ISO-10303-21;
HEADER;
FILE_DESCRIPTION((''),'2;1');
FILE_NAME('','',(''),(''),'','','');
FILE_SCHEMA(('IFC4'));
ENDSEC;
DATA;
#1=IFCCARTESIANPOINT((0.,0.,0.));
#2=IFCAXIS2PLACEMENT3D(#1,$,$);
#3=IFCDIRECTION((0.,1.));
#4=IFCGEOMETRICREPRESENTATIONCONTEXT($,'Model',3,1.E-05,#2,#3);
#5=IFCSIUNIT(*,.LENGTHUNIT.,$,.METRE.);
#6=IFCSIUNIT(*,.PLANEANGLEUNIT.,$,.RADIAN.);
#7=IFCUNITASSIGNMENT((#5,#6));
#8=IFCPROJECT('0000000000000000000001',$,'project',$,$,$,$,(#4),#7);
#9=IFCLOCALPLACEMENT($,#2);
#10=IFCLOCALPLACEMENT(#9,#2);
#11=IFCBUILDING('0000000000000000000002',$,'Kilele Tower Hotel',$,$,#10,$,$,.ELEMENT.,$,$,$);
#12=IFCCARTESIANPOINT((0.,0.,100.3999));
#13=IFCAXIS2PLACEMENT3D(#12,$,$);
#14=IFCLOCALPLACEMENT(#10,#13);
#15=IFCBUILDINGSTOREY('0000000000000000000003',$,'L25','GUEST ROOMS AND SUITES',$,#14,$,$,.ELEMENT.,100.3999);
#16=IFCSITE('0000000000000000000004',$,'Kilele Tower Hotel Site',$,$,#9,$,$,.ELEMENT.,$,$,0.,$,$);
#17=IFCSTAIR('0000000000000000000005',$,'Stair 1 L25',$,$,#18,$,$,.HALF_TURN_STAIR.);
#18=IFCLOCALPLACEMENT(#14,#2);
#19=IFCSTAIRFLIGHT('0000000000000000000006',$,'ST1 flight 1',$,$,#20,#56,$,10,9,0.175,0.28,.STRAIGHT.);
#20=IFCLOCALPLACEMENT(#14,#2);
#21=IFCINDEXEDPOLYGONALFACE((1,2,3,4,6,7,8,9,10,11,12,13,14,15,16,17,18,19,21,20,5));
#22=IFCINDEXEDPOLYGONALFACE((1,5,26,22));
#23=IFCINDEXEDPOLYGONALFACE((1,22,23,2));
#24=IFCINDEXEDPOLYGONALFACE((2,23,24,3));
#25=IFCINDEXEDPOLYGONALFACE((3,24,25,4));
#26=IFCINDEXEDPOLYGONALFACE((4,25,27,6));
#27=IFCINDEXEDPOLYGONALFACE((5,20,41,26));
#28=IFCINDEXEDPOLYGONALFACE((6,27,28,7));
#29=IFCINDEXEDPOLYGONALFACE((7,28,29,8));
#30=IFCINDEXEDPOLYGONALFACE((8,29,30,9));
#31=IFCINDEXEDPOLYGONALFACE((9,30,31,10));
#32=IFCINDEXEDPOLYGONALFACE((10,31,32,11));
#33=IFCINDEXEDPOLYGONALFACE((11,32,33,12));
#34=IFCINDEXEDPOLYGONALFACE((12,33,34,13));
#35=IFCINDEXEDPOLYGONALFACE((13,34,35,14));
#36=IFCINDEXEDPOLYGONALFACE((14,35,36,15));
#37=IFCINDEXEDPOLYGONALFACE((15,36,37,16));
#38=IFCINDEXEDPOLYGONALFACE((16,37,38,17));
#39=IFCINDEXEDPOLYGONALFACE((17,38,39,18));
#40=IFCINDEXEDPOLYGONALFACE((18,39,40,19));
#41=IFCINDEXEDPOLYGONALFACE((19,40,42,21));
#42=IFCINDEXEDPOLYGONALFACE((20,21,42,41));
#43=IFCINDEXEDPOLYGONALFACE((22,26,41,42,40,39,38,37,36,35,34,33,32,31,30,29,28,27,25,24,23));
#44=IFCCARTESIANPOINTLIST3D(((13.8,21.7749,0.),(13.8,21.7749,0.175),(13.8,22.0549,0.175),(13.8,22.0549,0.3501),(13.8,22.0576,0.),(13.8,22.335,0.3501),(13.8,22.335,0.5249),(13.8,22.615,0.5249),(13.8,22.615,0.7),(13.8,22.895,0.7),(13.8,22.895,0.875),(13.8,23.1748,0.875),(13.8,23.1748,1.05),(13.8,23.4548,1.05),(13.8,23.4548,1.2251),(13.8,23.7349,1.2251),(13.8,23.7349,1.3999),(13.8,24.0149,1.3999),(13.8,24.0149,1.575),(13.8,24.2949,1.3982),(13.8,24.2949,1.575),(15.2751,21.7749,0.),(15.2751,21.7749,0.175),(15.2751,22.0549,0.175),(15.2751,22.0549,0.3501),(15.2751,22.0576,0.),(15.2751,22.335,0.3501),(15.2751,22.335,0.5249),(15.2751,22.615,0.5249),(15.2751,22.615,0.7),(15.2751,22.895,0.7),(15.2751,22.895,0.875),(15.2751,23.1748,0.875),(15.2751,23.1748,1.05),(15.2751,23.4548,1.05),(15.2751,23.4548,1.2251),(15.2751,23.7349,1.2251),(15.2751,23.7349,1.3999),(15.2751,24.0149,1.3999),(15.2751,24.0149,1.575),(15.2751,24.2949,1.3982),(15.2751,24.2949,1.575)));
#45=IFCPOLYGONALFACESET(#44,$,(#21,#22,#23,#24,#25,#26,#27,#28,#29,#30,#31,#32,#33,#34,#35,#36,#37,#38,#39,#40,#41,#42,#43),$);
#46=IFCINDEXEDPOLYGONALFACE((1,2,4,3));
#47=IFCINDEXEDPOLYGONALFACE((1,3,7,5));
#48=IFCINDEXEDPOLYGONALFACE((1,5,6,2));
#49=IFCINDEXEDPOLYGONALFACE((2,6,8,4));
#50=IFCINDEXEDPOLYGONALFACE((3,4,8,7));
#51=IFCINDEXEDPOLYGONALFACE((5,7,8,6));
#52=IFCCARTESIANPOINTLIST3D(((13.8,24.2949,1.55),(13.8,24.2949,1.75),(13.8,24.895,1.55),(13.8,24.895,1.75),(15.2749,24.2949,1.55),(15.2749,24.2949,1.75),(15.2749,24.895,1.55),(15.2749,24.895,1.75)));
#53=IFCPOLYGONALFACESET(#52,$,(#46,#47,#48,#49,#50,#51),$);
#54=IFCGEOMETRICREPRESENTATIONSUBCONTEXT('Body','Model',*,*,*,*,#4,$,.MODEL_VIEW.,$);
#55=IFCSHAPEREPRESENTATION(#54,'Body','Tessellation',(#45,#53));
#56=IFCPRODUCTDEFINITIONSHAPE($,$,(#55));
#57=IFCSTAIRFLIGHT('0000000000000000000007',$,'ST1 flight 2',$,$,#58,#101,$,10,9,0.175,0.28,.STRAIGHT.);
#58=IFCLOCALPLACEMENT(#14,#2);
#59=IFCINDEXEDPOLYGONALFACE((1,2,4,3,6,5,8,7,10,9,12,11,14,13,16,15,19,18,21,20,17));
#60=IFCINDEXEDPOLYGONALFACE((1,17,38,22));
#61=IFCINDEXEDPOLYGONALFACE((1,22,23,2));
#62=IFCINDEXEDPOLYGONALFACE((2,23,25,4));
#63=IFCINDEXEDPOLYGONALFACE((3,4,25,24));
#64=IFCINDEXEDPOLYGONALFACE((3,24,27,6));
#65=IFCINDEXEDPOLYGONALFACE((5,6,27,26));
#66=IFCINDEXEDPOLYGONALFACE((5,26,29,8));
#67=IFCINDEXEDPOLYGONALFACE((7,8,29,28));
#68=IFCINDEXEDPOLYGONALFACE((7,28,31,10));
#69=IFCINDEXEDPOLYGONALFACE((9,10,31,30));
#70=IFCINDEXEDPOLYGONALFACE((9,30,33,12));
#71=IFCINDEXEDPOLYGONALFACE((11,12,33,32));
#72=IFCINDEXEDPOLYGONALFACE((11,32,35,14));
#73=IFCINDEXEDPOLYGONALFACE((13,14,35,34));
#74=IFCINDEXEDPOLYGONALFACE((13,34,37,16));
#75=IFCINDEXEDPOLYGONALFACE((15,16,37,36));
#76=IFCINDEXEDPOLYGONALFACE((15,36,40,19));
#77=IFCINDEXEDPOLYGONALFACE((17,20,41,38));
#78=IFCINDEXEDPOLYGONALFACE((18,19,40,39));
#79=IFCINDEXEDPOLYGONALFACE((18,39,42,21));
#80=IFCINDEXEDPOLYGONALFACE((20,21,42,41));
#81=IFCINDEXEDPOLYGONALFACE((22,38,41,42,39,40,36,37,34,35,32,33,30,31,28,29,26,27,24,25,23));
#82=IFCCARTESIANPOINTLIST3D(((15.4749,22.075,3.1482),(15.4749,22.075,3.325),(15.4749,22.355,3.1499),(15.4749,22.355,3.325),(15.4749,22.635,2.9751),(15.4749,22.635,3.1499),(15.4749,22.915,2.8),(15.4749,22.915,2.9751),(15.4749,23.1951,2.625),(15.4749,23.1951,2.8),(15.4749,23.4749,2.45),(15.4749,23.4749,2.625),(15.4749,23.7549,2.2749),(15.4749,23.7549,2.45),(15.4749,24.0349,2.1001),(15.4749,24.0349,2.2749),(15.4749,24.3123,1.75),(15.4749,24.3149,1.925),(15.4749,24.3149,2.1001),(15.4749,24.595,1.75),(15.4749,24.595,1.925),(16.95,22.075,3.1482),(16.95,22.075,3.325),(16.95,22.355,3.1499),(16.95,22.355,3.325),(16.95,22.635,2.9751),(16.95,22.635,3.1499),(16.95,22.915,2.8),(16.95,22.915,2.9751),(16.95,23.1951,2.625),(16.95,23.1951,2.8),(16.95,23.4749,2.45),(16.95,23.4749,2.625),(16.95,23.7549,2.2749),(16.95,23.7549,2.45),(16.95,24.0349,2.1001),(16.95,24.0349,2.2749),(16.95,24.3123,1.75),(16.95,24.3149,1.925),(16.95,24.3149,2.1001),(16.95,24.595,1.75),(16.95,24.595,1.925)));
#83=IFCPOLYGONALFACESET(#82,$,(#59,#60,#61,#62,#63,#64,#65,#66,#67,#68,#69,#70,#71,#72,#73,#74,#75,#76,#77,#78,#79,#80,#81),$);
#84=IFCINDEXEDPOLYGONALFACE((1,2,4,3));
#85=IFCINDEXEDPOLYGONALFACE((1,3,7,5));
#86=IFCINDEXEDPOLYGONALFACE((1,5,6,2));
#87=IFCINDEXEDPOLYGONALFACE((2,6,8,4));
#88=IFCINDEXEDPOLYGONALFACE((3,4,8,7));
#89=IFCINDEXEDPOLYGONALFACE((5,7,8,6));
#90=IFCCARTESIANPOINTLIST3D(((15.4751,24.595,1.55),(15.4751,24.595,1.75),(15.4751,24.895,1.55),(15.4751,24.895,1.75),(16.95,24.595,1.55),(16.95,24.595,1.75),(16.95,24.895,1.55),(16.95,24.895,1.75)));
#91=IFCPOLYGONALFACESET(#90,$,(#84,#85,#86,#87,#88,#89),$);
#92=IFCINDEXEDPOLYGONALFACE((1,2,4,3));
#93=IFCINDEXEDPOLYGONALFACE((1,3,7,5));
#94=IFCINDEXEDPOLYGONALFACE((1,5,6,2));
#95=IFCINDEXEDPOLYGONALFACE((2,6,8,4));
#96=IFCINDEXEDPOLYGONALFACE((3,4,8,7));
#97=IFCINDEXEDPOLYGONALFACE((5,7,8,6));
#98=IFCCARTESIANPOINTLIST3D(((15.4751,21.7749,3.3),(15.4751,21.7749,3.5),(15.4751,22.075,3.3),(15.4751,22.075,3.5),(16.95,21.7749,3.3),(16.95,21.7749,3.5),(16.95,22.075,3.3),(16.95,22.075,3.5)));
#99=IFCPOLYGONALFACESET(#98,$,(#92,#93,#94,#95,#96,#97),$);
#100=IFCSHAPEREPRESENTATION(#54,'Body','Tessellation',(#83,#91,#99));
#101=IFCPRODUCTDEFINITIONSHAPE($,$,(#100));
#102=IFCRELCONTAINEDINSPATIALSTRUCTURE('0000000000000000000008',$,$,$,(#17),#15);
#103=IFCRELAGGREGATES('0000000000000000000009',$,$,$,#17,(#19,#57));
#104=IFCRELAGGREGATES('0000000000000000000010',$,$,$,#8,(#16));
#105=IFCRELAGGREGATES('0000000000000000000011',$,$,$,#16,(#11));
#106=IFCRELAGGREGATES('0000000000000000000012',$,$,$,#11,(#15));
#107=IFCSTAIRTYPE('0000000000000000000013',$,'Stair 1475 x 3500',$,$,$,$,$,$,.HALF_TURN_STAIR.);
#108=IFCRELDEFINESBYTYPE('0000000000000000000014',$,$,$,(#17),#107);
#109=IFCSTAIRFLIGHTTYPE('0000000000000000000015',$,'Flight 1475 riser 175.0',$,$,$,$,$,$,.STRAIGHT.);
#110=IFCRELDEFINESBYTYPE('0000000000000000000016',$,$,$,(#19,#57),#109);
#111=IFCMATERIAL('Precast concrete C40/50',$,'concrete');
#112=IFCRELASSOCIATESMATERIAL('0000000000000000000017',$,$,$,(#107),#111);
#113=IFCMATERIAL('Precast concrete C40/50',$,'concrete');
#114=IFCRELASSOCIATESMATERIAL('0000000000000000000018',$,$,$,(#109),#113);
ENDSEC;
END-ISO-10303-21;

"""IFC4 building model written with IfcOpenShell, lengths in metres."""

from ifc_helpers import new_model, si_unit, direction, frame, origin, place, context, subcontext, project, spatial, polyline, outline, extrude, material, type_object, element, aggregate, save


model = new_model("IFC4")

# Units and contexts
model_context = context("Model", 3, precision=1e-05, world=origin(), true_north=direction((0.0, 1.0)))
body_context = subcontext(model_context, "Body", "Model", "MODEL_VIEW")
ifc_project = project(units=[si_unit("LENGTHUNIT", "METRE"), si_unit("PLANEANGLEUNIT", "RADIAN")], contexts=[model_context])

# Site, building, storey
site_placement = place(None, origin())
site = spatial("IfcSite", under=ifc_project, at=site_placement, Name="Kilele Tower Hotel Site", CompositionType="ELEMENT", RefElevation=0.0)
building_placement = place(site_placement, origin())
building = spatial("IfcBuilding", under=site, at=building_placement, Name="Kilele Tower Hotel", CompositionType="ELEMENT")
storey_placement = place(building_placement, frame((0.0, 0.0, 100.3999)))
storey = spatial("IfcBuildingStorey", under=building, at=storey_placement, Name="L25", Description="GUEST ROOMS AND SUITES", CompositionType="ELEMENT", Elevation=100.3999)

# Stair, stair flights
ifc_material_1 = material(Name="Precast concrete C40/50", Category="concrete")
stair_type = type_object("IfcStairType", Name="Stair 1475 x 3500", PredefinedType="HALF_TURN_STAIR", material=ifc_material_1)
stair_placement = place(storey_placement, origin())
stair = element("IfcStair", 1, at=stair_placement, inside=storey, type_object=stair_type, Name="Stair 1 L25", PredefinedType="HALF_TURN_STAIR")
ifc_material_2 = material(Name="Precast concrete C40/50", Category="concrete")
stair_flight_type = type_object("IfcStairFlightType", Name="Flight 1475 riser 175.0", PredefinedType="STRAIGHT", material=ifc_material_2)
stair_flight_1_placement = place(storey_placement, frame((14.5376, 21.7749, 0.0), z_axis=(0.0, 0.0, 1.0), x_axis=(0.0, 1.0, 0.0)))
stair_flight_1 = element("IfcStairFlight", 2, at=stair_flight_1_placement, type_object=stair_flight_type, Name="ST1 flight 1", NumberOfRisers=10, NumberOfTreads=9, PredefinedType="STRAIGHT", RiserHeight=0.175, TreadLength=0.28, context=body_context, shape_type="SweptSolid", body=[
    extrude(outline(polyline([(0.0, 0.0), (0.0, 0.175), (0.28, 0.175), (0.28, 0.3501), (0.5601, 0.3501), (0.5601, 0.5249), (0.8401, 0.5249), (0.8401, 0.7), (1.1201, 0.7), (1.1201, 0.875), (1.3999, 0.875), (1.3999, 1.05), (1.6799, 1.05), (1.6799, 1.2251), (1.96, 1.2251), (1.96, 1.3999), (2.24, 1.3999), (2.24, 1.575), (2.52, 1.575), (2.52, 1.75), (2.52, 1.3982), (0.2827, 0.0), (0.0, 0.0)])), frame((0.0, 0.7375, 0.0), z_axis=(0.0, -1.0, 0.0), x_axis=(1.0, 0.0, 0.0)), (0.0, 0.0, 1.0), 1.4751),
    extrude(outline(polyline([(2.52, 0.7375), (2.52, -0.7373), (3.1201, -0.7373), (3.1201, 0.7375), (2.52, 0.7375)])), frame((0.0, 0.0, 1.55)), (0.0, 0.0, 1.0), 0.2),
])
stair_flight_2_placement = place(storey_placement, frame((16.2124, 24.595, 1.75), z_axis=(0.0, 0.0, 1.0), x_axis=(0.0, -1.0, 0.0)))
stair_flight_2 = element("IfcStairFlight", 3, at=stair_flight_2_placement, type_object=stair_flight_type, Name="ST1 flight 2", NumberOfRisers=10, NumberOfTreads=9, PredefinedType="STRAIGHT", RiserHeight=0.175, TreadLength=0.28, context=body_context, shape_type="SweptSolid", body=[
    extrude(outline(polyline([(0.0, 0.0), (0.0, 0.175), (0.28, 0.175), (0.28, 0.3501), (0.5601, 0.3501), (0.5601, 0.5249), (0.8401, 0.5249), (0.8401, 0.7), (1.1201, 0.7), (1.1201, 0.875), (1.3999, 0.875), (1.3999, 1.05), (1.6799, 1.05), (1.6799, 1.2251), (1.96, 1.2251), (1.96, 1.3999), (2.24, 1.3999), (2.24, 1.575), (2.52, 1.575), (2.52, 1.75), (2.52, 1.3982), (0.2827, 0.0), (0.0, 0.0)])), frame((0.0, 0.7375, 0.0), z_axis=(0.0, -1.0, 0.0), x_axis=(1.0, 0.0, 0.0)), (0.0, 0.0, 1.0), 1.4751),
    extrude(outline(polyline([(0.0, -0.7373), (0.0, 0.7375), (-0.3, 0.7375), (-0.3, -0.7373), (0.0, -0.7373)])), frame((0.0, 0.0, -0.2)), (0.0, 0.0, 1.0), 0.2),
    extrude(outline(polyline([(2.8201, -0.7373), (2.8201, 0.7375), (2.52, 0.7375), (2.52, -0.7373), (2.8201, -0.7373)])), frame((0.0, 0.0, 1.55)), (0.0, 0.0, 1.0), 0.2),
])
aggregate(stair, [stair_flight_1, stair_flight_2])

save(model, "model.ifc")
